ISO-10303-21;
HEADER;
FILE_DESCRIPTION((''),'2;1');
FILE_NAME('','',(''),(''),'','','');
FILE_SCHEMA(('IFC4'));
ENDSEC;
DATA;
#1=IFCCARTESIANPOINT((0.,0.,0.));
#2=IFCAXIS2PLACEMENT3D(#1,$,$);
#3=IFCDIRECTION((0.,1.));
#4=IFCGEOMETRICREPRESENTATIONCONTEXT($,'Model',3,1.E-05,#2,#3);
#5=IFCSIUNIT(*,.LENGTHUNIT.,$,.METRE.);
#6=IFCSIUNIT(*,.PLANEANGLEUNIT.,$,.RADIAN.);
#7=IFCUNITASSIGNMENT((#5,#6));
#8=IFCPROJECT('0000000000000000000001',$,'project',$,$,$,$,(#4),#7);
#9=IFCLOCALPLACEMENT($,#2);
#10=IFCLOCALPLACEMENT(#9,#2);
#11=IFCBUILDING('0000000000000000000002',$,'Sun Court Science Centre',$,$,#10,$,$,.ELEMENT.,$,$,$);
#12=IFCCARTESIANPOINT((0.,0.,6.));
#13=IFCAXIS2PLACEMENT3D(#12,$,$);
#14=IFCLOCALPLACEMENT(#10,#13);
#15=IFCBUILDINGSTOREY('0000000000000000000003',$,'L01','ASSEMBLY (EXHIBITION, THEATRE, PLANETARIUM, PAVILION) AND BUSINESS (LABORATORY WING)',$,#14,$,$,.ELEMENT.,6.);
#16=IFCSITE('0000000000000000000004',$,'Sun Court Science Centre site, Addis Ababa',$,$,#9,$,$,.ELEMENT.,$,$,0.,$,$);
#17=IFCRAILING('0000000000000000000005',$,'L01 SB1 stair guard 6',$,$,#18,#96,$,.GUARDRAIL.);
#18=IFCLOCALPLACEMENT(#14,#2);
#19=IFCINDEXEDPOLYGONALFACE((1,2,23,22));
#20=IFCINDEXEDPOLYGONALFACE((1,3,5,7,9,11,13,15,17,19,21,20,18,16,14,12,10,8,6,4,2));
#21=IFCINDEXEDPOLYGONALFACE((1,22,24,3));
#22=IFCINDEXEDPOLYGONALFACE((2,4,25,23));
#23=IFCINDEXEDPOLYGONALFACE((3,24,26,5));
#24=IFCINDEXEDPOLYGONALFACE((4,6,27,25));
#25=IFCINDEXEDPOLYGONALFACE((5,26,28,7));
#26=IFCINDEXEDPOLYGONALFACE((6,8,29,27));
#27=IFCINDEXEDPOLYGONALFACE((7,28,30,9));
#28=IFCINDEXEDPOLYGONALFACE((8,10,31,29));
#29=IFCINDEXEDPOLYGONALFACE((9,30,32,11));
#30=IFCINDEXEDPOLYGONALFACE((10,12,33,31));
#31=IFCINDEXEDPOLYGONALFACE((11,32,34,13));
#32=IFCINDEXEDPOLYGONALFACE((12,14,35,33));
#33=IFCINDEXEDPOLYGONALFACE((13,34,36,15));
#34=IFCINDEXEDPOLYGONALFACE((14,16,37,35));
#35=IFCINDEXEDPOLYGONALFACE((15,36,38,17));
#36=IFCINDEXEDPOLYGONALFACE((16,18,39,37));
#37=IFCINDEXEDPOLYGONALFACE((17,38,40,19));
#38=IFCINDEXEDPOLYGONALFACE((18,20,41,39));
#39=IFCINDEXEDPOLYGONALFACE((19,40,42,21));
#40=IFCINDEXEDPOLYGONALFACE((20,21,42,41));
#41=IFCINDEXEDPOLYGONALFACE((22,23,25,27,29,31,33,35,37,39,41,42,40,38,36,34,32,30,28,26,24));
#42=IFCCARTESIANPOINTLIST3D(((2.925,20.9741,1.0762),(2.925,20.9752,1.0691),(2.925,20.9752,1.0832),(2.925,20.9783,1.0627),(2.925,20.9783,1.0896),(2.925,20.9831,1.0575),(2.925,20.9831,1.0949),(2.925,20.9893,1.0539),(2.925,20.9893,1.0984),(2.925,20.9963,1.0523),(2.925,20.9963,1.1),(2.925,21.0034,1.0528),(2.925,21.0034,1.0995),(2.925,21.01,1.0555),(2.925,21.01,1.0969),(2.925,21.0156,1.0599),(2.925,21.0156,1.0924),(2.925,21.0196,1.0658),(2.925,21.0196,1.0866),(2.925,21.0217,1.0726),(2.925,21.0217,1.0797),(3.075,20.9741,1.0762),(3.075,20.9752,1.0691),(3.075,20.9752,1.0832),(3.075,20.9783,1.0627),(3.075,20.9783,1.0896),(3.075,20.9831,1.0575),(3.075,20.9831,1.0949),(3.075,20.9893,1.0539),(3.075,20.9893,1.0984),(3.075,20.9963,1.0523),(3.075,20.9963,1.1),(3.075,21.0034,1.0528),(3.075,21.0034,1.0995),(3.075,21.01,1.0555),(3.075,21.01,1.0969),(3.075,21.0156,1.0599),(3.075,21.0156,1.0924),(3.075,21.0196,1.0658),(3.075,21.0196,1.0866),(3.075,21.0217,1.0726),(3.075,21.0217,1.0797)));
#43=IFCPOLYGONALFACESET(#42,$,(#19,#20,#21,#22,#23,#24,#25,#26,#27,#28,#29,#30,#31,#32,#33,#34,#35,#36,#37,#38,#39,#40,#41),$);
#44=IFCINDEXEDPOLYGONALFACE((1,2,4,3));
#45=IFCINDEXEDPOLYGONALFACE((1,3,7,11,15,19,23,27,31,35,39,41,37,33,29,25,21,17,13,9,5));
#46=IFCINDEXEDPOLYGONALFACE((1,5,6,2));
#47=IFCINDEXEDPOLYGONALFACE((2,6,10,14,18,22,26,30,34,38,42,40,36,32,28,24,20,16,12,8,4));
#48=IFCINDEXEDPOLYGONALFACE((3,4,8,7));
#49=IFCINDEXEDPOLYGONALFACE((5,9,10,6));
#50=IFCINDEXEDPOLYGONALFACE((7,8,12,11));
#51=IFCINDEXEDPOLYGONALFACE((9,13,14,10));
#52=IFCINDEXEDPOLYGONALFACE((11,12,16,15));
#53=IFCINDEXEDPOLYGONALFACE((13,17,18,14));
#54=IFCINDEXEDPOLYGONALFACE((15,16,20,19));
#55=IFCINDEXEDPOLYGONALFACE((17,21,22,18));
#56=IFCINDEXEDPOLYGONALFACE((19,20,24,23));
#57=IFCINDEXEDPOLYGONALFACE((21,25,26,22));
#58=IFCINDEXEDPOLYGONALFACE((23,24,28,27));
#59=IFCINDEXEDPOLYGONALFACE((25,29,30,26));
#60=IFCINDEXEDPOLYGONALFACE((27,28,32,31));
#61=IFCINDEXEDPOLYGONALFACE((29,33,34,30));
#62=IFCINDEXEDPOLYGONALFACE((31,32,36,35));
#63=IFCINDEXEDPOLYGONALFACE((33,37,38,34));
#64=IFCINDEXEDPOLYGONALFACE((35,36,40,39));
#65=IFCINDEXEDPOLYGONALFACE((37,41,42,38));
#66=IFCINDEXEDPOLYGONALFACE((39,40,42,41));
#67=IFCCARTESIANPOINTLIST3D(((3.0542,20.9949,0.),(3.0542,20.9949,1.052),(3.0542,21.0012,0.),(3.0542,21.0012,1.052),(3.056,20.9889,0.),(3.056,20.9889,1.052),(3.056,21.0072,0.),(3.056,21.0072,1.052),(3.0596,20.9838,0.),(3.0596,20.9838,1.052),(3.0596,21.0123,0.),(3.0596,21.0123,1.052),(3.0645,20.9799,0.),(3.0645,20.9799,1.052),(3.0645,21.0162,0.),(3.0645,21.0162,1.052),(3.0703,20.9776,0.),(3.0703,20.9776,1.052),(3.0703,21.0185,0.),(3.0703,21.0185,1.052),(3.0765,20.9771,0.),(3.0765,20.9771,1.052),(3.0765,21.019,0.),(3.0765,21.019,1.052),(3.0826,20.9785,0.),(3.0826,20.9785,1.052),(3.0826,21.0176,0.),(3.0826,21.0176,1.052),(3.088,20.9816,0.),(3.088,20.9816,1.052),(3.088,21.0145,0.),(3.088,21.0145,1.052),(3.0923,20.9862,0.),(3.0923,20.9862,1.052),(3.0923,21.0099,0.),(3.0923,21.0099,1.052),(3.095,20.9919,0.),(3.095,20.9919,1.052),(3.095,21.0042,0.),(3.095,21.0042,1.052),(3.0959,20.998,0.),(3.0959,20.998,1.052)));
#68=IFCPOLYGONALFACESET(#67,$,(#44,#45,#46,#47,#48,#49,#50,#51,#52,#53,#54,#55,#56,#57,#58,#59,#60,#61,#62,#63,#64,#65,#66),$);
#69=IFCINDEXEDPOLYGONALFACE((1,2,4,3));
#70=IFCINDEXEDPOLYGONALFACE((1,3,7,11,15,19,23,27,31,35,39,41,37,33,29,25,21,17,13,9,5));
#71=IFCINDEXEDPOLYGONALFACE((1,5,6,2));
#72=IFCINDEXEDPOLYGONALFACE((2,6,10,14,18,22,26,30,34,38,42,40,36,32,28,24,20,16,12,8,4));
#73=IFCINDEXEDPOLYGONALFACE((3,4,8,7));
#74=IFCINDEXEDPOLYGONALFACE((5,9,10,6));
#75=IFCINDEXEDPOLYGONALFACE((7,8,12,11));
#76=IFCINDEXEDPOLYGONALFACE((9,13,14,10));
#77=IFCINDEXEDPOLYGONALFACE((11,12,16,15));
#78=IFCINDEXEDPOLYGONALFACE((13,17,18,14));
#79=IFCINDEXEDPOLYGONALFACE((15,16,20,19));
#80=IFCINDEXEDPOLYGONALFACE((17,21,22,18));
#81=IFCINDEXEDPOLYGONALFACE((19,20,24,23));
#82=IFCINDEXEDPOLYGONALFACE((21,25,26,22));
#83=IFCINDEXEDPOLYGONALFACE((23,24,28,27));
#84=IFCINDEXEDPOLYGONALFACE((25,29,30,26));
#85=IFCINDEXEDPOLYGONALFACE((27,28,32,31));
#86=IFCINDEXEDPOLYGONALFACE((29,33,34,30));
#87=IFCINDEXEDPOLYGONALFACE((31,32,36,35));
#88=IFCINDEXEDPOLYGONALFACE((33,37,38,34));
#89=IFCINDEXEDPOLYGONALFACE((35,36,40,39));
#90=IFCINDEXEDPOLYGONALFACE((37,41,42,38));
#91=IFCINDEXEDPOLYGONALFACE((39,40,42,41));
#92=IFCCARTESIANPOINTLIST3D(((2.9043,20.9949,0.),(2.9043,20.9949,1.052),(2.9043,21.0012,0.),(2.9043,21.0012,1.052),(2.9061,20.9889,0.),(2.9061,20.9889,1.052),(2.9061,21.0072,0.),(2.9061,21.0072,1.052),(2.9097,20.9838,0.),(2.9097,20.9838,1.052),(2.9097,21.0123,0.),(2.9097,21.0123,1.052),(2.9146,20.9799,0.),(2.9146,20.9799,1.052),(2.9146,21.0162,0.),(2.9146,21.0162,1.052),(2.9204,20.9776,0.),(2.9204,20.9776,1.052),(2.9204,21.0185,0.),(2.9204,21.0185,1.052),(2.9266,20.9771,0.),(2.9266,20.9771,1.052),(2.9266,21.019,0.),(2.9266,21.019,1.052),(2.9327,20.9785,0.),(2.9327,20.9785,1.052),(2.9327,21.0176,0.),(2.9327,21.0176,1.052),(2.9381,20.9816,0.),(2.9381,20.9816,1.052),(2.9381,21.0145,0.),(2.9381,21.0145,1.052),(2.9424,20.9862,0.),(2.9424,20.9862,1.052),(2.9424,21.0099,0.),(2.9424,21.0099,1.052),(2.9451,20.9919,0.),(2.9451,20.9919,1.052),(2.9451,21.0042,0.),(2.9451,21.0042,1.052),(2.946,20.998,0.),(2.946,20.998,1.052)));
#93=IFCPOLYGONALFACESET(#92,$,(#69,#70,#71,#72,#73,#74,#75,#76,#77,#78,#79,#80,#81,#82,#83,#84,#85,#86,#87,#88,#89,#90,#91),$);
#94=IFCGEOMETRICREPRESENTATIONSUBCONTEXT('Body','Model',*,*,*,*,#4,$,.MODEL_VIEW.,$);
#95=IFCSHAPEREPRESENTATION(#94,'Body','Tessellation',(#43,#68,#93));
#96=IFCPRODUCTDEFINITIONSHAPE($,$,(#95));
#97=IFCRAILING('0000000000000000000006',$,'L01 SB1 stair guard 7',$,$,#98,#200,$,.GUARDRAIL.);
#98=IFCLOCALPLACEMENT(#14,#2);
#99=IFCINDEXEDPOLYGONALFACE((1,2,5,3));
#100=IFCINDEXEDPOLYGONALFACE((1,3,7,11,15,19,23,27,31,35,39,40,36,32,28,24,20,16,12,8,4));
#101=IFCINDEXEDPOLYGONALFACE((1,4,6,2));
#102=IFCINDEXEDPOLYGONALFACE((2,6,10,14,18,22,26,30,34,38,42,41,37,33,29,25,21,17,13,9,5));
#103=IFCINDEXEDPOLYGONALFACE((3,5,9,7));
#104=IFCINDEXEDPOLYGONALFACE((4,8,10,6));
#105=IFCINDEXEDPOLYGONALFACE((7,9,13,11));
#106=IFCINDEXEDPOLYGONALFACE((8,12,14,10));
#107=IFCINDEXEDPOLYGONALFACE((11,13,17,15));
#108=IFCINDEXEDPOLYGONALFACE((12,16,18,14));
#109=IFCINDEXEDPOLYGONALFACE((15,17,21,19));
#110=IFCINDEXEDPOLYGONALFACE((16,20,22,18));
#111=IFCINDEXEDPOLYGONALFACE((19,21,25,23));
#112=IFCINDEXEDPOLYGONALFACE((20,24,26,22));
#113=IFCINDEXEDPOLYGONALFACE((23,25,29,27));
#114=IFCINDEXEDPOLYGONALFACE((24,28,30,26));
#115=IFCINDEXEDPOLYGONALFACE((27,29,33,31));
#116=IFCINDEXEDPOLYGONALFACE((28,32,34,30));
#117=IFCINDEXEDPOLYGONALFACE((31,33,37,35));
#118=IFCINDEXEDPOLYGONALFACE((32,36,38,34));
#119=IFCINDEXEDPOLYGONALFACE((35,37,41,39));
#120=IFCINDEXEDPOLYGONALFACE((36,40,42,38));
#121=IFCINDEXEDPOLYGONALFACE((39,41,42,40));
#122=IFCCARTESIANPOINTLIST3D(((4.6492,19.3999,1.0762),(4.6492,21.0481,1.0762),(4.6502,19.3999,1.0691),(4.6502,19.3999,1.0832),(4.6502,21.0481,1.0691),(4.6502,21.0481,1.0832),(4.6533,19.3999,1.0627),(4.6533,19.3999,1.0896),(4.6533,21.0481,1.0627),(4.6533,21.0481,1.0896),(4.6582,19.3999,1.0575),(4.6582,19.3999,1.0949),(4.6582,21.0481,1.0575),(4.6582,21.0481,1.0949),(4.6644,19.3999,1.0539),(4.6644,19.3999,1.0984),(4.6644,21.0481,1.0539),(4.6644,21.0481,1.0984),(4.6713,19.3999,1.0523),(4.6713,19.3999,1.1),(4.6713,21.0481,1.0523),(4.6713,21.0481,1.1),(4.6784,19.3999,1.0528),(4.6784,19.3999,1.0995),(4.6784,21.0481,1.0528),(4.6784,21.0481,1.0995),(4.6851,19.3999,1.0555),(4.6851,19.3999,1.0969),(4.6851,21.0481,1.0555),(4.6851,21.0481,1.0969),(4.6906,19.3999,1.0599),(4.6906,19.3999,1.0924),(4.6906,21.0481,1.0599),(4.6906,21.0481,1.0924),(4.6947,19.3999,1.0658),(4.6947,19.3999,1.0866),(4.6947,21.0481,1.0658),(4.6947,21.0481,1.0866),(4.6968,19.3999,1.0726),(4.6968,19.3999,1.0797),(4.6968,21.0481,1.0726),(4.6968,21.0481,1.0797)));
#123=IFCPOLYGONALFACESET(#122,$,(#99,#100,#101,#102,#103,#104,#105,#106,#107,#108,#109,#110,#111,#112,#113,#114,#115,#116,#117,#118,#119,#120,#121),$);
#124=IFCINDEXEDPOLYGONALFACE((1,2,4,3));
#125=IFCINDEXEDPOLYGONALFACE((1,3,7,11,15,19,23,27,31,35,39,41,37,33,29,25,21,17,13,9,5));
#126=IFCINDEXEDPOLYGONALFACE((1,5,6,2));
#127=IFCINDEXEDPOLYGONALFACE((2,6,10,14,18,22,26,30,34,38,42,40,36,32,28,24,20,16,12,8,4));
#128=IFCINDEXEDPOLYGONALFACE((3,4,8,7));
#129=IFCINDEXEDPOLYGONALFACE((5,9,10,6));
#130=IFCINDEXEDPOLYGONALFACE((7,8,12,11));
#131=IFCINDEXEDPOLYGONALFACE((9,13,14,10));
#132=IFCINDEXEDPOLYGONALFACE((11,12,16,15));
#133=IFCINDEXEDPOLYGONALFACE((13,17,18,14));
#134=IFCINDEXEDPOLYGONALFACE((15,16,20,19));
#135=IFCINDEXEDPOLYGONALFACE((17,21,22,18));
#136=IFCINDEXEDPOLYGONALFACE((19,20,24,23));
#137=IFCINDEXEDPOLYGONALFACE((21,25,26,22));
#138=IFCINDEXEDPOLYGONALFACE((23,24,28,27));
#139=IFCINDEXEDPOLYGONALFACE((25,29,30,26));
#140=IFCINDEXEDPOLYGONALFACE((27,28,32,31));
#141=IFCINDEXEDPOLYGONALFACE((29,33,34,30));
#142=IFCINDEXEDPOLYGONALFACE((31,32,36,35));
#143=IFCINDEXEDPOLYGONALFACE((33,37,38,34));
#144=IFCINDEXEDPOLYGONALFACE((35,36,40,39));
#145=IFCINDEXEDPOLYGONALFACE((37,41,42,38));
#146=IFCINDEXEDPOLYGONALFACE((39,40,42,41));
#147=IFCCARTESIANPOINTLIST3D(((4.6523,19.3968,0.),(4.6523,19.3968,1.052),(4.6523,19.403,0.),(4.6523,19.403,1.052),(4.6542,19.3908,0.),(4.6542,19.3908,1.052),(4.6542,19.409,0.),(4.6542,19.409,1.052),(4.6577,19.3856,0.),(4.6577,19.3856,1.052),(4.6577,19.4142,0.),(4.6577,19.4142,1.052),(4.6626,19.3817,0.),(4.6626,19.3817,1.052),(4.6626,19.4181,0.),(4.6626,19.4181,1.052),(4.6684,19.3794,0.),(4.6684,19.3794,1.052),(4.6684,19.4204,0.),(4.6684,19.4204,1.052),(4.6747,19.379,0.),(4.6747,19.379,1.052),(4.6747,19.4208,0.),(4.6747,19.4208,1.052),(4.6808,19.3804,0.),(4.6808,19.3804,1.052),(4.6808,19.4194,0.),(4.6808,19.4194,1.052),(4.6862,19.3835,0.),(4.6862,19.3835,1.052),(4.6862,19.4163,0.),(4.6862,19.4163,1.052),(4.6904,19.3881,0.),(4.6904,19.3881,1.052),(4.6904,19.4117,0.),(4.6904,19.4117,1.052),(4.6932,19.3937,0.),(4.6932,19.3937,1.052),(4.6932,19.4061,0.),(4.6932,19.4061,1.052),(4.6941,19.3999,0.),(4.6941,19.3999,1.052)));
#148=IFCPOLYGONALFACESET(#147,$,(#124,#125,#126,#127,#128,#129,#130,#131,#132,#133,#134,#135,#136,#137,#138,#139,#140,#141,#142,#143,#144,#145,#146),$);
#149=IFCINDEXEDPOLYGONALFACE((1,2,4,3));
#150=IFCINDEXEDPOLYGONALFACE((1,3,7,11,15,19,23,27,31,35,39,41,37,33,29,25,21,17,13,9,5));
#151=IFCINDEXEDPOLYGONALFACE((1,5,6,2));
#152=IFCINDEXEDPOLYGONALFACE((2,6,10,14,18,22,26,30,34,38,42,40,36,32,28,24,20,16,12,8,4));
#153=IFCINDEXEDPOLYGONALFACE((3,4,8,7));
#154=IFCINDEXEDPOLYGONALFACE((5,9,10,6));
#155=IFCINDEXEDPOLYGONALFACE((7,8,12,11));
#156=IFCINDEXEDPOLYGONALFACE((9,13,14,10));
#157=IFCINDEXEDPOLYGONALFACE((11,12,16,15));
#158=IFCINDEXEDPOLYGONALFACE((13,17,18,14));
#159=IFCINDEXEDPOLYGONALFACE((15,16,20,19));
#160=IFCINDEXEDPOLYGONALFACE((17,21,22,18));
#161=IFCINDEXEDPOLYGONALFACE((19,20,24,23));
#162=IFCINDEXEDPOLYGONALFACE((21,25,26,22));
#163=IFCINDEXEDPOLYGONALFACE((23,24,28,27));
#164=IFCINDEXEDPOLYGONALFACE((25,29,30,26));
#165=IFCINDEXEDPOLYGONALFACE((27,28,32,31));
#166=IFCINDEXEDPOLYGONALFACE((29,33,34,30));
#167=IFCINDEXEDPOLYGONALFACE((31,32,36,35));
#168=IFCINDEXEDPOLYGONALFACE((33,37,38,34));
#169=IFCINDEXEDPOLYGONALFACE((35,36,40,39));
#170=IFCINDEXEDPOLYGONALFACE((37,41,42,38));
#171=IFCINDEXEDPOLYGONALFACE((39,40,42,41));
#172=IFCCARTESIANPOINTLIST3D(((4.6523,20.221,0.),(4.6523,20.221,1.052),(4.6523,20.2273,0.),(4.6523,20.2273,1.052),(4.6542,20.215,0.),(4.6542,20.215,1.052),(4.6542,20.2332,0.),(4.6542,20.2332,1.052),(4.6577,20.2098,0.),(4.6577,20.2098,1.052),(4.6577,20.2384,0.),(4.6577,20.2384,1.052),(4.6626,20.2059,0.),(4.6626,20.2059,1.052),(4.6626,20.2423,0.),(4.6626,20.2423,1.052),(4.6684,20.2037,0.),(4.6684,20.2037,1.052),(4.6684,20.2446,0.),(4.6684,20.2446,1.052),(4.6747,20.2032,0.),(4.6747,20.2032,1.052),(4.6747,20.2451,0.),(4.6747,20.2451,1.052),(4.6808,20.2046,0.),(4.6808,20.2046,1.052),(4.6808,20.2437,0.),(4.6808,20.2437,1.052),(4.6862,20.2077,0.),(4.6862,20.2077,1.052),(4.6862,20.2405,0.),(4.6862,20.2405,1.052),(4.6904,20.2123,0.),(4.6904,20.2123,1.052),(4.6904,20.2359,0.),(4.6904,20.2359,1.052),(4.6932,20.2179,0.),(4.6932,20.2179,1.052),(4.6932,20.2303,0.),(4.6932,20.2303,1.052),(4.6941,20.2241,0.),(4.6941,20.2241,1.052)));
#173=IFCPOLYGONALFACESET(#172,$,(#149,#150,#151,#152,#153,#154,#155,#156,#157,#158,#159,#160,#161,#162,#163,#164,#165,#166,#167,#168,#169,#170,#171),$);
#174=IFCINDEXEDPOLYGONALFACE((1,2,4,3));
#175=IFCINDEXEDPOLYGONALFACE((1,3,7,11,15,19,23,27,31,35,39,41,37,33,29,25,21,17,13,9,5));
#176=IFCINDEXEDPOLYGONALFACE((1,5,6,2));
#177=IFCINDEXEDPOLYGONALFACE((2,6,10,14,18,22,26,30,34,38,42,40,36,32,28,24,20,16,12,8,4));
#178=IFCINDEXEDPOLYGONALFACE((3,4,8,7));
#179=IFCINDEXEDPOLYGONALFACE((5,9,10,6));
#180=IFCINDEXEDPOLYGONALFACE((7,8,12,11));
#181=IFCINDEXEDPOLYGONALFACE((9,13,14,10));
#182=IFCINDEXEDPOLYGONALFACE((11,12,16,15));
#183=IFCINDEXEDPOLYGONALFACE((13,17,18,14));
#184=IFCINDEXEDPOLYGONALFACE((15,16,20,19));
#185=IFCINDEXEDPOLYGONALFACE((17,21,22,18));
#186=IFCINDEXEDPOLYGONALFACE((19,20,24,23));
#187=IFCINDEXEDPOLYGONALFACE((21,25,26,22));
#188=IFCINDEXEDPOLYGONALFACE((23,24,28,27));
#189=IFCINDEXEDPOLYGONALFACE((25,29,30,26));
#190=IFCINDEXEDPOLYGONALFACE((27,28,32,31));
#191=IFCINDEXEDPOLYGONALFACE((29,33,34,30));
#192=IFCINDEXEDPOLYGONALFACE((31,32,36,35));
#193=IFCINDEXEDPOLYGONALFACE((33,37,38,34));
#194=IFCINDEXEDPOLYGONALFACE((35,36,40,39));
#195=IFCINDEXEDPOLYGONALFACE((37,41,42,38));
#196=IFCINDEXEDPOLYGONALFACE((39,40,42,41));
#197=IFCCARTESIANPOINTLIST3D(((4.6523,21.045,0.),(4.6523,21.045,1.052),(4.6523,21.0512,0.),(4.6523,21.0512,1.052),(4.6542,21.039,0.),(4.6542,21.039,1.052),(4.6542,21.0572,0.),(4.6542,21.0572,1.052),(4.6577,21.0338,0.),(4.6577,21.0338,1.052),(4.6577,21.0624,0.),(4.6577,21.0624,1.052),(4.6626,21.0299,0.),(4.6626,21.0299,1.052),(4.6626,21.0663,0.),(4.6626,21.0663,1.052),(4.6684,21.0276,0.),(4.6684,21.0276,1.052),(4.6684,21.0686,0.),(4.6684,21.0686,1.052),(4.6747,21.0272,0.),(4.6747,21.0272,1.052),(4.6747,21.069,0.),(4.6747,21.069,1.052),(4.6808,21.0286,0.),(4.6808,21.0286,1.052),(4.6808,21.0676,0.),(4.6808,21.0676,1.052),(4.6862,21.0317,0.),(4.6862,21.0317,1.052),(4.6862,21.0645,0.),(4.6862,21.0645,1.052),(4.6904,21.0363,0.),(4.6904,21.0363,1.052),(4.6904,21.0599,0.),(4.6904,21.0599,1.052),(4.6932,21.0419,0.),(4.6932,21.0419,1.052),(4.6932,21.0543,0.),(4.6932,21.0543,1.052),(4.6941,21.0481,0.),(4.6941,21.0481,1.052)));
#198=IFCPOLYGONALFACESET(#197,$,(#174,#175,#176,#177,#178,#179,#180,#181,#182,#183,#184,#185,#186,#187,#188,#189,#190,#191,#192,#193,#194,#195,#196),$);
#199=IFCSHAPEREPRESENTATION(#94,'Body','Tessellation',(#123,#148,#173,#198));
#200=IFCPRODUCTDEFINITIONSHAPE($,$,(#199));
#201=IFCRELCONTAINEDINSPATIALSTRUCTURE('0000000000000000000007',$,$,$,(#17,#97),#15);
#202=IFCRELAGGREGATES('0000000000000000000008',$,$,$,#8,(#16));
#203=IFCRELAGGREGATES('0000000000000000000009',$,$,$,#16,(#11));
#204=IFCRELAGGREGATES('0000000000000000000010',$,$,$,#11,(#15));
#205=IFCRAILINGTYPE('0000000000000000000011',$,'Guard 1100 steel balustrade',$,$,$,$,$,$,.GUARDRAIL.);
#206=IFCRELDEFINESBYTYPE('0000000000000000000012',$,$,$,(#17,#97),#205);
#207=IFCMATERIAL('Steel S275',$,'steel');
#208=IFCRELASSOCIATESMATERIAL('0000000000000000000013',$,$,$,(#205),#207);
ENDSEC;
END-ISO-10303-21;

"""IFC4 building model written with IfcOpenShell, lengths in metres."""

from ifc_helpers import new_model, si_unit, direction, frame, origin, origin_2d, place, context, subcontext, project, spatial, circle, extrude, material, type_object, element, save


model = new_model("IFC4")

# Units and contexts
model_context = context("Model", 3, precision=1e-05, world=origin(), true_north=direction((0.0, 1.0)))
body_context = subcontext(model_context, "Body", "Model", "MODEL_VIEW")
ifc_project = project(units=[si_unit("LENGTHUNIT", "METRE"), si_unit("PLANEANGLEUNIT", "RADIAN")], contexts=[model_context])

# Site, building, storey
site_placement = place(None, origin())
site = spatial("IfcSite", under=ifc_project, at=site_placement, Name="Sun Court Science Centre site, Addis Ababa", CompositionType="ELEMENT", RefElevation=0.0)
building_placement = place(site_placement, origin())
building = spatial("IfcBuilding", under=site, at=building_placement, Name="Sun Court Science Centre", CompositionType="ELEMENT")
storey_placement = place(building_placement, frame((0.0, 0.0, 6.0)))
storey = spatial("IfcBuildingStorey", under=building, at=storey_placement, Name="L01", Description="ASSEMBLY (EXHIBITION, THEATRE, PLANETARIUM, PAVILION) AND BUSINESS (LABORATORY WING)", CompositionType="ELEMENT", Elevation=6.0)

# Railings
ifc_material_1 = material(Name="Steel S275", Category="steel")
railing_type_1 = type_object("IfcRailingType", Name="Guard 1100 steel balustrade", PredefinedType="GUARDRAIL", material=ifc_material_1)
railing_1_placement = place(storey_placement, frame((3.075, 20.998, 0.0)))
element("IfcRailing", 1, at=railing_1_placement, inside=storey, type_object=railing_type_1, Name="L01 SB1 stair guard 6", PredefinedType="GUARDRAIL", context=body_context, shape_type="SweptSolid", body=[
    extrude(circle(Radius=0.0239, at=origin_2d()), frame((0.0, 0.0, 1.0762), z_axis=(-1.0, 0.0, 0.0), x_axis=(0.0, -1.0, 0.0)), (0.0, 0.0, 1.0), 0.1499),
    extrude(circle(Radius=0.021, at=origin_2d()), origin(), (0.0, 0.0, 1.0), 1.052),
    extrude(circle(Radius=0.021, at=origin_2d()), frame((-0.1499, 0.0, 0.0)), (0.0, 0.0, 1.0), 1.052),
])
for number, where, name in (
    (2, (4.6731, 19.3999, 0.0), "L01 SB1 stair guard 7"),
):
    element("IfcRailing", number, at=place(storey_placement, frame(where)), inside=storey, type_object=railing_type_1, Name=name, PredefinedType="GUARDRAIL", context=body_context, shape_type="SweptSolid", body=[
        extrude(circle(Radius=0.0239, at=origin_2d()), frame((0.0, 0.0, 1.0762), z_axis=(0.0, 1.0, 0.0), x_axis=(-1.0, 0.0, 0.0)), (0.0, 0.0, 1.0), 1.6482),
        extrude(circle(Radius=0.021, at=origin_2d()), origin(), (0.0, 0.0, 1.0), 1.052),
        extrude(circle(Radius=0.021, at=origin_2d()), frame((0.0, 0.8242, 0.0)), (0.0, 0.0, 1.0), 1.052),
        extrude(circle(Radius=0.021, at=origin_2d()), frame((0.0, 1.6482, 0.0)), (0.0, 0.0, 1.0), 1.052),
    ])

save(model, "model.ifc")
